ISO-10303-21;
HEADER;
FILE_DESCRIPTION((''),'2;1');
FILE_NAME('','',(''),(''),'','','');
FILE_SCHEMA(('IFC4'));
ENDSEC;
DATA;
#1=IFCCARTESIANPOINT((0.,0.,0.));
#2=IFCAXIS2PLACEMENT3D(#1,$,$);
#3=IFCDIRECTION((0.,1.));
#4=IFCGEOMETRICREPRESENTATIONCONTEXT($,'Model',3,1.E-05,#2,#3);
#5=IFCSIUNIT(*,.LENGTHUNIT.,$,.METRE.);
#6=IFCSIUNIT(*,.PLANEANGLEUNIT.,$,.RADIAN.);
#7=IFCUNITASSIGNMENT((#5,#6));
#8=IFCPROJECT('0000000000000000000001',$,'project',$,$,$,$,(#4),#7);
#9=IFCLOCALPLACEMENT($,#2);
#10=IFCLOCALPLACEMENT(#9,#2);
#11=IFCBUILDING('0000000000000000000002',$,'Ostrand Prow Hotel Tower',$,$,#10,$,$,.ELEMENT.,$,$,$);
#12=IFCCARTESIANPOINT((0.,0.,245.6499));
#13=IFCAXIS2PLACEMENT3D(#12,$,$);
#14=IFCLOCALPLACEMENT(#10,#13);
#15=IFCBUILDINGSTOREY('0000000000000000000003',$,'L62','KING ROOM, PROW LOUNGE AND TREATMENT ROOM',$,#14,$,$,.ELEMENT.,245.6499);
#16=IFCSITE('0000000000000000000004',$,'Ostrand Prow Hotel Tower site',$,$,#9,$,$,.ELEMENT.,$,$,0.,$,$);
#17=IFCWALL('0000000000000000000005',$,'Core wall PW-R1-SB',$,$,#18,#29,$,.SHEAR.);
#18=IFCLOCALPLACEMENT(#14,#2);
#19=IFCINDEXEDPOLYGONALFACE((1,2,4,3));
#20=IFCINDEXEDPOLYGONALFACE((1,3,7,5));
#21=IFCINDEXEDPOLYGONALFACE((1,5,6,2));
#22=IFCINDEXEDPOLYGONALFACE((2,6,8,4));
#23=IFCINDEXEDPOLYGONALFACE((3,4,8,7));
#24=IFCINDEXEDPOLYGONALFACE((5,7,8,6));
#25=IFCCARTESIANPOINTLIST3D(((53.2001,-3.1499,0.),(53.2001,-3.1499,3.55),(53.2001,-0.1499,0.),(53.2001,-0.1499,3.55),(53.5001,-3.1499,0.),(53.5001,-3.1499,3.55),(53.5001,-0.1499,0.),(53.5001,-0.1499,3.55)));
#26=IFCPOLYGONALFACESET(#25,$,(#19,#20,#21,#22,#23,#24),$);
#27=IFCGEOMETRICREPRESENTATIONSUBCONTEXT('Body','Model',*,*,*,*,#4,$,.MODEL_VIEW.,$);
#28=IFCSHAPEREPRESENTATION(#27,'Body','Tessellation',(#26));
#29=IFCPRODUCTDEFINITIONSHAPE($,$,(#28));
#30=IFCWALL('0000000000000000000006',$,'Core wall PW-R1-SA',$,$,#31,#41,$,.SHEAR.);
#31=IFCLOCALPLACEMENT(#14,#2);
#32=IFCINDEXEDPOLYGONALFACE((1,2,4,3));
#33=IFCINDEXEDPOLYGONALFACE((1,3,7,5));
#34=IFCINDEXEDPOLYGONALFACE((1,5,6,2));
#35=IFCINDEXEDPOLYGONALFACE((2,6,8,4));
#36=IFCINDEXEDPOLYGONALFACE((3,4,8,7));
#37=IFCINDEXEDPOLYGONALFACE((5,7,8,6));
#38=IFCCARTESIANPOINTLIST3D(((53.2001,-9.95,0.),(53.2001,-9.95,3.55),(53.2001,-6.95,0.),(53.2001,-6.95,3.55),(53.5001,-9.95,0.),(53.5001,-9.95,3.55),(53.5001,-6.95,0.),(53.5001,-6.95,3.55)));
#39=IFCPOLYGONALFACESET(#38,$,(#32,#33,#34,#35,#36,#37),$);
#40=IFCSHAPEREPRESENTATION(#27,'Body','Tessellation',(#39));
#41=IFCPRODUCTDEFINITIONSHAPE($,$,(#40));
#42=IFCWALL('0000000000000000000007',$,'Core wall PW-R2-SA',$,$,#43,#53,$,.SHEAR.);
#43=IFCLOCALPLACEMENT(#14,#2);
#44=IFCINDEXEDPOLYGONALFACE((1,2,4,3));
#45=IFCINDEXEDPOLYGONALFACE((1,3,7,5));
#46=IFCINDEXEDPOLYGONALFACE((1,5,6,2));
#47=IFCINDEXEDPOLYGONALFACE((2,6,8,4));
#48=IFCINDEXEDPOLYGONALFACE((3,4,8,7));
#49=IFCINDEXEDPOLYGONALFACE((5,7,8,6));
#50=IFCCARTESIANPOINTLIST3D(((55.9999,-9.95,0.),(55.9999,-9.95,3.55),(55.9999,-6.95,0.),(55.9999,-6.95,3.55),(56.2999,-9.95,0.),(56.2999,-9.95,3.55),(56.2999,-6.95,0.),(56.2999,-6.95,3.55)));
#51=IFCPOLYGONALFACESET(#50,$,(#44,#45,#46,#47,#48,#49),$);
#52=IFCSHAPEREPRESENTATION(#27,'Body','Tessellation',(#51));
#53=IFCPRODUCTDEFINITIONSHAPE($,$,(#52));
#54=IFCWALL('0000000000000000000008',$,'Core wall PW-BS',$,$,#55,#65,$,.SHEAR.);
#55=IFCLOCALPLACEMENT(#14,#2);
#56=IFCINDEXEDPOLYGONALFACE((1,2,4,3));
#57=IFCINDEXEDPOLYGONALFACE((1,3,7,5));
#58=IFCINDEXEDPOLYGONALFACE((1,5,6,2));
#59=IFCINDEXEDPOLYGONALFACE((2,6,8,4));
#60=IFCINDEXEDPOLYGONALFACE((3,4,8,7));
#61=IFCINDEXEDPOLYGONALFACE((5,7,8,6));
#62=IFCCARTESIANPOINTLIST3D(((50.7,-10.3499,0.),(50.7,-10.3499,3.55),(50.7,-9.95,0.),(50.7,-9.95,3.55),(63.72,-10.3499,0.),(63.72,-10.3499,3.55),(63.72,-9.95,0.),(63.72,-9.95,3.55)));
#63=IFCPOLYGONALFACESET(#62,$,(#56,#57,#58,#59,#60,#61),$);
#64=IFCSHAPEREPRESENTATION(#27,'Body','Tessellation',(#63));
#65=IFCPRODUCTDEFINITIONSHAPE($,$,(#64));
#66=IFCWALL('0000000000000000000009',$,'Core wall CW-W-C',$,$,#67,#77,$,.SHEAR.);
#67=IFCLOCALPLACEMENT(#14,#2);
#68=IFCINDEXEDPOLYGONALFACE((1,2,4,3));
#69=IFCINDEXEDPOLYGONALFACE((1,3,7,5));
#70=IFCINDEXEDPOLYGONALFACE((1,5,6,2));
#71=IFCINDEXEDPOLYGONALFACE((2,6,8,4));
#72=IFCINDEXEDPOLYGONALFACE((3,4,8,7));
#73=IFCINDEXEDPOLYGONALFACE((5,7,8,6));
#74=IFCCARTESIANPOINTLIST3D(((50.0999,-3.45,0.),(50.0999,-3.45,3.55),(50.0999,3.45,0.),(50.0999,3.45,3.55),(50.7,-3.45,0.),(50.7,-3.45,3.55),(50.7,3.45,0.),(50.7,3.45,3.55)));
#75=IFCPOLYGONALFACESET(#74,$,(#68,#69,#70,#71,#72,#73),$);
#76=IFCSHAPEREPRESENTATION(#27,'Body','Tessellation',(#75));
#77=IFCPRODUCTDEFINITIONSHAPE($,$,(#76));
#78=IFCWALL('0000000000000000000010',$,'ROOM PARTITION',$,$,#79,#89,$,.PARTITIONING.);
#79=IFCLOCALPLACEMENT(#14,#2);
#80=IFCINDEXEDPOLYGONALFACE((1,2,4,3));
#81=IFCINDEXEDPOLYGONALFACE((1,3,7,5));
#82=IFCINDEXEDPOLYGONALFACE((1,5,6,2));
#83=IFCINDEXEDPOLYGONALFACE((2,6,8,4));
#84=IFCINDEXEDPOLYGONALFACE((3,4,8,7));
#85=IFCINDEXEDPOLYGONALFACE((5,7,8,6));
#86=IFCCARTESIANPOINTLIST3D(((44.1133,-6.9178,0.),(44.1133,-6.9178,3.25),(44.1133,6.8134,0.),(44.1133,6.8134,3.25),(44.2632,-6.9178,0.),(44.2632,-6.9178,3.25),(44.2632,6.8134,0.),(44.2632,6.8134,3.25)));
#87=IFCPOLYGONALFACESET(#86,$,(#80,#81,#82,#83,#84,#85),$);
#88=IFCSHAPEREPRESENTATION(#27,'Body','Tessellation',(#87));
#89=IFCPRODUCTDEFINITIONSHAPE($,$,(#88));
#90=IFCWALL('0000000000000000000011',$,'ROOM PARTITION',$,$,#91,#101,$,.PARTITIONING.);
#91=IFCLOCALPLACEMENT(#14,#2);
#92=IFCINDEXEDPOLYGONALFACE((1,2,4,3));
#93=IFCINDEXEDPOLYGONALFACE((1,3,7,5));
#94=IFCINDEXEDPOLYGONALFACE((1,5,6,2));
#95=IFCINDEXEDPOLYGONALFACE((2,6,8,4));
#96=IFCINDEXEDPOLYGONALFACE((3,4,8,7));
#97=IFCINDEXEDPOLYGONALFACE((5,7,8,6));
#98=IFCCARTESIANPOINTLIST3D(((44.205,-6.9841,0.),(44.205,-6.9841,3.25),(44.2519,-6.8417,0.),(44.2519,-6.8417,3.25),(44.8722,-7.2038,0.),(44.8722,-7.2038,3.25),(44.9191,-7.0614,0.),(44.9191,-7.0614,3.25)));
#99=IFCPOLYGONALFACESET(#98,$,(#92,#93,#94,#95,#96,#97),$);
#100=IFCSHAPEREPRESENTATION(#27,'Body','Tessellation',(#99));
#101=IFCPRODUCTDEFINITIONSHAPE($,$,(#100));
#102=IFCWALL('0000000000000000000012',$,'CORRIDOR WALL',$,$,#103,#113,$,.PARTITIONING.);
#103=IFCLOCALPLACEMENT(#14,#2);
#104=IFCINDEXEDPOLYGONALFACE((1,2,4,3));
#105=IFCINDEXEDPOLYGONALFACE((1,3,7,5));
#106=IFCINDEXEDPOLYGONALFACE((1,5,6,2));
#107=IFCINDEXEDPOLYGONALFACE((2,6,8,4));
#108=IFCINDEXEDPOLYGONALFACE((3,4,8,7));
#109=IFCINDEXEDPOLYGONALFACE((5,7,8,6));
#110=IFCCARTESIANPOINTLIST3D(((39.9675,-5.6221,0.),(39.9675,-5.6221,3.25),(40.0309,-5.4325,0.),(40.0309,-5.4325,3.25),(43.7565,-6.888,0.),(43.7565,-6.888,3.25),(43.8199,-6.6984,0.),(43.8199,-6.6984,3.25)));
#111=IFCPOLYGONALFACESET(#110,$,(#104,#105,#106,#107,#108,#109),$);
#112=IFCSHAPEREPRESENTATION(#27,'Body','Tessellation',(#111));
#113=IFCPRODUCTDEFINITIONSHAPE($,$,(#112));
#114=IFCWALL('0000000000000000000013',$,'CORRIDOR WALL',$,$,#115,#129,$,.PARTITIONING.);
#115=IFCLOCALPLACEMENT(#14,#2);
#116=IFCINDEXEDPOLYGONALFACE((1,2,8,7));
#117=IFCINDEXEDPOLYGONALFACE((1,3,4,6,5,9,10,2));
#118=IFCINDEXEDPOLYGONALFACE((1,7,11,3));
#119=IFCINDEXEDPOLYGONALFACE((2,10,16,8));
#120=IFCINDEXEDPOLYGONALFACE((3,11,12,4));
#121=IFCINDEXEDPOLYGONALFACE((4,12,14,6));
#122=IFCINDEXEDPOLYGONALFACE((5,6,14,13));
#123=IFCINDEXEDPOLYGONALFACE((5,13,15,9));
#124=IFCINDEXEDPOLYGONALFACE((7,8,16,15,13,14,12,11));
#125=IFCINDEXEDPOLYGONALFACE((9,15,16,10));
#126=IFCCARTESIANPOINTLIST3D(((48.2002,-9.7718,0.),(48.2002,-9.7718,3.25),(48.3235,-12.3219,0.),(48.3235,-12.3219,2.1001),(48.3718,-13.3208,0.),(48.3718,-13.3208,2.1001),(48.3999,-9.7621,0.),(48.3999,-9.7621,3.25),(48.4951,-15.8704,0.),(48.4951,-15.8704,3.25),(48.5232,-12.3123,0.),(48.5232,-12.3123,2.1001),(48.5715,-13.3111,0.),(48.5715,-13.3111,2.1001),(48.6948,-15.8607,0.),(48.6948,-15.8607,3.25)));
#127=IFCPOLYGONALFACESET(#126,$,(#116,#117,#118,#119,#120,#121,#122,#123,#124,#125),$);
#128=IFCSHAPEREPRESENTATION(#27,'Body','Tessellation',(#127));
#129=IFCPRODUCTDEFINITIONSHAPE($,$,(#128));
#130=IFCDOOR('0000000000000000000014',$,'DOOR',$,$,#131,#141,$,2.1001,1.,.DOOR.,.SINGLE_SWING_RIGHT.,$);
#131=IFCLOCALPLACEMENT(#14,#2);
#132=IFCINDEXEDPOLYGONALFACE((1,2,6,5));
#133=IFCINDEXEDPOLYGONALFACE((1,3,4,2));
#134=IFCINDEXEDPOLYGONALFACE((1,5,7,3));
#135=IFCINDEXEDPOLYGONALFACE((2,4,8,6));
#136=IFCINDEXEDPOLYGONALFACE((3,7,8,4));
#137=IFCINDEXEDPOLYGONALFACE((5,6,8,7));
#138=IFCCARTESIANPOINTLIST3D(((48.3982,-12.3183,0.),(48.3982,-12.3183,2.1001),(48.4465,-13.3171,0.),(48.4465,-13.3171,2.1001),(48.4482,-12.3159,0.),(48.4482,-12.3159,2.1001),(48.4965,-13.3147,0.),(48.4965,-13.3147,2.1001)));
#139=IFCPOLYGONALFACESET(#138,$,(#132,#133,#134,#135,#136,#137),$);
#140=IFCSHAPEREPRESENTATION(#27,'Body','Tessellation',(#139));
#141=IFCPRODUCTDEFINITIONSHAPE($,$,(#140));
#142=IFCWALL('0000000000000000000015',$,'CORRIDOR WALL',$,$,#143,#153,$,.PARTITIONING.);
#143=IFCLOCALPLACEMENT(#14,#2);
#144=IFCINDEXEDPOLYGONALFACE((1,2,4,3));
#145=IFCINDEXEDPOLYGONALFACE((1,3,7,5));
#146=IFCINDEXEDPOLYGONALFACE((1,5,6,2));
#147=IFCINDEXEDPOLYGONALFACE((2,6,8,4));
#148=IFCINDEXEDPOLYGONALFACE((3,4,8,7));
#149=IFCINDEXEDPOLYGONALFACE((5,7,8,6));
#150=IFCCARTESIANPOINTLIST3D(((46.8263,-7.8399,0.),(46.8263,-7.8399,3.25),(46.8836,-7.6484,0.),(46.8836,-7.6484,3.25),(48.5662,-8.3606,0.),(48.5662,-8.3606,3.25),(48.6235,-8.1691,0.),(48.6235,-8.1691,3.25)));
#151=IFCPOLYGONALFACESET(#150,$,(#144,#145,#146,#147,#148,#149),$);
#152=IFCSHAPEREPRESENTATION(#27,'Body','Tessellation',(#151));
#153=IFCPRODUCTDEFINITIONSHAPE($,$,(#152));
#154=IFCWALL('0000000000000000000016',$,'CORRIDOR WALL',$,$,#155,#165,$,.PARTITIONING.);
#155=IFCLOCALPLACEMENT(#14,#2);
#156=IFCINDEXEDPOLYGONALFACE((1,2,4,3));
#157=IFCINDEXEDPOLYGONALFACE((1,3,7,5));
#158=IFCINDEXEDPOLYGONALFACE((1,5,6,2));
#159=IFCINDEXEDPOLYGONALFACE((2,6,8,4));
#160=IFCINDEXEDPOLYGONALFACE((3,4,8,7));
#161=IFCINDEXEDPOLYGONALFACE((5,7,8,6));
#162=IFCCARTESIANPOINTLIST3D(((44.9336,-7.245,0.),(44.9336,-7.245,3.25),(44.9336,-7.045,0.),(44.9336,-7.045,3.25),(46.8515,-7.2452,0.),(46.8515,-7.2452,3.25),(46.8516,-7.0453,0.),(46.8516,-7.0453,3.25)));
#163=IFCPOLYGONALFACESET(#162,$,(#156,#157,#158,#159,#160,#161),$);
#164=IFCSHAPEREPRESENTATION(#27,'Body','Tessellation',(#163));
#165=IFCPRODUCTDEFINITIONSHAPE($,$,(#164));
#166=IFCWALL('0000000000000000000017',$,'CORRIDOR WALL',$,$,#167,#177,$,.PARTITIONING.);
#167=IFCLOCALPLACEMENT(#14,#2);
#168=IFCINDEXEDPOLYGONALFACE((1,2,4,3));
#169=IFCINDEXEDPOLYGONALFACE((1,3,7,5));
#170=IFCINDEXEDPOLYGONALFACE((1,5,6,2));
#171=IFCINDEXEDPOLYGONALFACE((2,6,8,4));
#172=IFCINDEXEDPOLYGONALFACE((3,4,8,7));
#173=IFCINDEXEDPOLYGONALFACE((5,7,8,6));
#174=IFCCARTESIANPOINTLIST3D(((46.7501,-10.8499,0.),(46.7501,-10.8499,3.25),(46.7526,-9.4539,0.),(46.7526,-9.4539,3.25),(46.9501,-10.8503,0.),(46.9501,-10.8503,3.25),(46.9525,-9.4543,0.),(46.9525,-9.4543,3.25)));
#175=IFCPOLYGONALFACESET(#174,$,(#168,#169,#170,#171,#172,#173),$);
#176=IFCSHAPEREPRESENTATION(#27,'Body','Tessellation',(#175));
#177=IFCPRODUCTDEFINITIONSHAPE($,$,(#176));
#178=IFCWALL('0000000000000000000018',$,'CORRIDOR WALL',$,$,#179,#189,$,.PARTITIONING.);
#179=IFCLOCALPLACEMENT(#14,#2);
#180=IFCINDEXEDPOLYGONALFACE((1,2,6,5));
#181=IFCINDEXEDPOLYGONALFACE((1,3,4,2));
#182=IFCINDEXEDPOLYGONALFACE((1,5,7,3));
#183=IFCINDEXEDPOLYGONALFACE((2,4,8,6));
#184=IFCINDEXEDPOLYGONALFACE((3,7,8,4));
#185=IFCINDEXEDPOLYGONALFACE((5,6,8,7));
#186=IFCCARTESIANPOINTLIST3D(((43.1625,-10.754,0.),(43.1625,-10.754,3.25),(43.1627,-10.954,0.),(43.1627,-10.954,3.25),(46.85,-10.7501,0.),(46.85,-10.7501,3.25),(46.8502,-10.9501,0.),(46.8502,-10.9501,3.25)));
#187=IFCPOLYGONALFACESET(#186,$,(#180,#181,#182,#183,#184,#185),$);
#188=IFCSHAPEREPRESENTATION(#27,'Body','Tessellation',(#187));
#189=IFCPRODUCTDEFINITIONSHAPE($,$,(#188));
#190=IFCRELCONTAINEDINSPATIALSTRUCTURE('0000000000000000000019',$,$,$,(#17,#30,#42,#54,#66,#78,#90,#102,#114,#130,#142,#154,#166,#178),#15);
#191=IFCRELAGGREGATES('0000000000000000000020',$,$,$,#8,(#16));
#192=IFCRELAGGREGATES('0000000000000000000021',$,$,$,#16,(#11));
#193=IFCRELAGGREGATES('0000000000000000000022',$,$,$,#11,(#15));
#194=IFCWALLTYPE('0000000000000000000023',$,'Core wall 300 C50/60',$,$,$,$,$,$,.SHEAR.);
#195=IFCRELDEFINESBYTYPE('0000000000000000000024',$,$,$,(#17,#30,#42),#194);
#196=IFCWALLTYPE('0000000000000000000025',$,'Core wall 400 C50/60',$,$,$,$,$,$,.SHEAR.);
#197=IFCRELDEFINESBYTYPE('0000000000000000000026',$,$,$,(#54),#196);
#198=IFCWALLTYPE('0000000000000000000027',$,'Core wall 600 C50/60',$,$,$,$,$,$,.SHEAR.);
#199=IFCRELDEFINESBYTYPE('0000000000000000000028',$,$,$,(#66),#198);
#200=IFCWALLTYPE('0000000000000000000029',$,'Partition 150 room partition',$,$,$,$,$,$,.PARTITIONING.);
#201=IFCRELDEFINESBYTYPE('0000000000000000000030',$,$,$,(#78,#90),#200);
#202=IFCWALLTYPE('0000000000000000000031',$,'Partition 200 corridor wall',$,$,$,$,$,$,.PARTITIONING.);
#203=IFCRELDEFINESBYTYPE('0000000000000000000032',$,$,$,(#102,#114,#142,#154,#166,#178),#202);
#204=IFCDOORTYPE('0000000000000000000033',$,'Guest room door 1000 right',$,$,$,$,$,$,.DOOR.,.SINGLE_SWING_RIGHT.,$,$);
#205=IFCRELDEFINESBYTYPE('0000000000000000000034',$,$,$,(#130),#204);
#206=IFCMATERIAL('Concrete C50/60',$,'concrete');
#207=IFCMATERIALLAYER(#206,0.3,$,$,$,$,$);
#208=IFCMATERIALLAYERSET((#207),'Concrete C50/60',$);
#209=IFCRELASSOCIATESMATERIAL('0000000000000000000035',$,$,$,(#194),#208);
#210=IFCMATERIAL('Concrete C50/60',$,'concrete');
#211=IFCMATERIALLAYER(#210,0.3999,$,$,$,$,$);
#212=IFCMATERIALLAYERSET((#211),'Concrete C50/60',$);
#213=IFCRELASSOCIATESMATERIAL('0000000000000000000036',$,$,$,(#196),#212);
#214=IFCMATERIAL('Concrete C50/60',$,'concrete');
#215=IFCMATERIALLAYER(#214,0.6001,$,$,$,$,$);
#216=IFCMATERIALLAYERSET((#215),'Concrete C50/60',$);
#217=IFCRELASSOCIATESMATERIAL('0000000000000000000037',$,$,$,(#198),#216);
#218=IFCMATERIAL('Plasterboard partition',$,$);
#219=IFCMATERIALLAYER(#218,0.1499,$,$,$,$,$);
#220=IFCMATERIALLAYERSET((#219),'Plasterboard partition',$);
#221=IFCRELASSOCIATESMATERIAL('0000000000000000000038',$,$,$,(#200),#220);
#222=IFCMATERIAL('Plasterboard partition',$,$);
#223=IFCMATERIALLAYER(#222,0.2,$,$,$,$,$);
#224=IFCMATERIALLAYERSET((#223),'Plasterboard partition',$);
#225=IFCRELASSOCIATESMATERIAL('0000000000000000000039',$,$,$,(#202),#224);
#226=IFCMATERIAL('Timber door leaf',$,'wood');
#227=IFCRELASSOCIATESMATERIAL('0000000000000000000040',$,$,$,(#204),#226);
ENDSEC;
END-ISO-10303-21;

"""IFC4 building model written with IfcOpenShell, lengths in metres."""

from ifc_helpers import new_model, si_unit, direction, frame, frame_2d, origin, place, context, subcontext, project, spatial, rectangle, extrude, material, layer, layer_set, type_object, element, fill, save


model = new_model("IFC4")

# Units and contexts
model_context = context("Model", 3, precision=1e-05, world=origin(), true_north=direction((0.0, 1.0)))
body_context = subcontext(model_context, "Body", "Model", "MODEL_VIEW")
ifc_project = project(units=[si_unit("LENGTHUNIT", "METRE"), si_unit("PLANEANGLEUNIT", "RADIAN")], contexts=[model_context])

# Site, building, storey
site_placement = place(None, origin())
site = spatial("IfcSite", under=ifc_project, at=site_placement, Name="Ostrand Prow Hotel Tower site", CompositionType="ELEMENT", RefElevation=0.0)
building_placement = place(site_placement, origin())
building = spatial("IfcBuilding", under=site, at=building_placement, Name="Ostrand Prow Hotel Tower", CompositionType="ELEMENT")
storey_placement = place(building_placement, frame((0.0, 0.0, 245.6499)))
storey = spatial("IfcBuildingStorey", under=building, at=storey_placement, Name="L62", Description="KING ROOM, PROW LOUNGE AND TREATMENT ROOM", CompositionType="ELEMENT", Elevation=245.6499)

# Shared definitions
ifc_material_1 = material(Name="Concrete C50/60", Category="concrete")
ifc_layer_1 = layer(ifc_material_1, 0.3)
ifc_layer_set_1 = layer_set([ifc_layer_1], Name="Concrete C50/60")
wall_type_1 = type_object("IfcWallType", Name="Core wall 300 C50/60", PredefinedType="SHEAR", material=ifc_layer_set_1)

# Walls
for number, where, z_axis, x_axis, name in (
    (1, (53.3501, -3.1499, 0.0), (0.0, 0.0, 1.0), (0.0, 1.0, 0.0), "Core wall PW-R1-SB"),
    (2, (53.3501, -9.95, 0.0), (0.0, 0.0, 1.0), (0.0, 1.0, 0.0), "Core wall PW-R1-SA"),
    (3, (56.1499, -9.95, 0.0), (0.0, 0.0, 1.0), (0.0, 1.0, 0.0), "Core wall PW-R2-SA"),
):
    element("IfcWall", number, at=place(storey_placement, frame(where, z_axis=z_axis, x_axis=x_axis)), inside=storey, type_object=wall_type_1, Name=name, PredefinedType="SHEAR", context=body_context, shape_type="SweptSolid", body=[
        extrude(rectangle(XDim=3.0, YDim=0.3, at=frame_2d((1.5, 0.0))), origin(), (0.0, 0.0, 1.0), 3.55),
    ])
ifc_material_2 = material(Name="Concrete C50/60", Category="concrete")
ifc_layer_2 = layer(ifc_material_2, 0.3999)
ifc_layer_set_2 = layer_set([ifc_layer_2], Name="Concrete C50/60")
wall_type_2 = type_object("IfcWallType", Name="Core wall 400 C50/60", PredefinedType="SHEAR", material=ifc_layer_set_2)
wall_1_placement = place(storey_placement, frame((50.7, -10.1499, 0.0), z_axis=(0.0, 0.0, 1.0), x_axis=(1.0, 0.0, 0.0)))
element("IfcWall", 4, at=wall_1_placement, inside=storey, type_object=wall_type_2, Name="Core wall PW-BS", PredefinedType="SHEAR", context=body_context, shape_type="SweptSolid", body=[
    extrude(rectangle(XDim=13.02, YDim=0.3999, at=frame_2d((6.51, 0.0))), origin(), (0.0, 0.0, 1.0), 3.55),
])
ifc_material_3 = material(Name="Concrete C50/60", Category="concrete")
ifc_layer_3 = layer(ifc_material_3, 0.6001)
ifc_layer_set_3 = layer_set([ifc_layer_3], Name="Concrete C50/60")
wall_type_3 = type_object("IfcWallType", Name="Core wall 600 C50/60", PredefinedType="SHEAR", material=ifc_layer_set_3)
wall_2_placement = place(storey_placement, frame((50.3999, -3.45, 0.0), z_axis=(0.0, 0.0, 1.0), x_axis=(0.0, 1.0, 0.0)))
element("IfcWall", 5, at=wall_2_placement, inside=storey, type_object=wall_type_3, Name="Core wall CW-W-C", PredefinedType="SHEAR", context=body_context, shape_type="SweptSolid", body=[
    extrude(rectangle(XDim=6.8999, YDim=0.6001, at=frame_2d((3.45, 0.0))), origin(), (0.0, 0.0, 1.0), 3.55),
])
ifc_material_4 = material(Name="Plasterboard partition")
ifc_layer_4 = layer(ifc_material_4, 0.1499)
ifc_layer_set_4 = layer_set([ifc_layer_4], Name="Plasterboard partition")
wall_type_4 = type_object("IfcWallType", Name="Partition 150 room partition", PredefinedType="PARTITIONING", material=ifc_layer_set_4)
wall_3_placement = place(storey_placement, frame((44.1882, -6.918, 0.0), z_axis=(0.0, 0.0, 1.0), x_axis=(0.0, 1.0, 0.0)))
element("IfcWall", 6, at=wall_3_placement, inside=storey, type_object=wall_type_4, Name="ROOM PARTITION", PredefinedType="PARTITIONING", context=body_context, shape_type="SweptSolid", body=[
    extrude(rectangle(XDim=13.7312, YDim=0.1499, at=frame_2d((6.8657, 0.0))), origin(), (0.0, 0.0, 1.0), 3.25),
])
wall_4_placement = place(storey_placement, frame((44.8955, -7.1326, 0.0), z_axis=(0.0, 0.0, 1.0), x_axis=(-0.949824, 0.312785, 0.0)))
element("IfcWall", 7, at=wall_4_placement, inside=storey, type_object=wall_type_4, Name="ROOM PARTITION", PredefinedType="PARTITIONING", context=body_context, shape_type="SweptSolid", body=[
    extrude(rectangle(XDim=0.7024, YDim=0.1499, at=frame_2d((0.3511, 0.0))), origin(), (0.0, 0.0, 1.0), 3.25),
])
ifc_material_5 = material(Name="Plasterboard partition")
ifc_layer_5 = layer(ifc_material_5, 0.2)
ifc_layer_set_5 = layer_set([ifc_layer_5], Name="Plasterboard partition")
wall_type_5 = type_object("IfcWallType", Name="Partition 200 corridor wall", PredefinedType="PARTITIONING", material=ifc_layer_set_5)
wall_5_placement = place(storey_placement, frame((43.7883, -6.7932, 0.0), z_axis=(0.0, 0.0, 1.0), x_axis=(-0.948469, 0.316869, 0.0)))
element("IfcWall", 8, at=wall_5_placement, inside=storey, type_object=wall_type_5, Name="CORRIDOR WALL", PredefinedType="PARTITIONING", context=body_context, shape_type="SweptSolid", body=[
    extrude(rectangle(XDim=3.9949, YDim=0.2, at=frame_2d((1.9976, 0.0))), origin(), (0.0, 0.0, 1.0), 3.25),
])

# Wall, opening, door
wall_6_placement = place(storey_placement, frame((48.3, -9.7671, 0.0), z_axis=(0.0, 0.0, 1.0), x_axis=(0.048302, -0.998833, 0.0)))
wall_6 = element("IfcWall", 9, at=wall_6_placement, inside=storey, type_object=wall_type_5, Name="CORRIDOR WALL", PredefinedType="PARTITIONING", context=body_context, shape_type="SweptSolid", body=[
    extrude(rectangle(XDim=6.1057, YDim=0.2, at=frame_2d((3.0527, 0.0))), origin(), (0.0, 0.0, 1.0), 3.25),
])
opening_1_placement = place(wall_6_placement, frame((2.553, 0.0, 0.0)))
opening_1 = element("IfcOpeningElement", 10, at=opening_1_placement, cuts=wall_6, PredefinedType="OPENING", context=body_context, shape_type="SweptSolid", body=[
    extrude(rectangle(XDim=1.0, YDim=2.1001, at=frame_2d((0.5, 1.05))), frame((0.0, 0.1099, 0.0), z_axis=(0.0, -1.0, 0.0), x_axis=(1.0, 0.0, 0.0)), (0.0, 0.0, 1.0), 0.22),
])
ifc_material_6 = material(Name="Timber door leaf", Category="wood")
door_type_1 = type_object("IfcDoorType", Name="Guest room door 1000 right", OperationType="SINGLE_SWING_RIGHT", PredefinedType="DOOR", material=ifc_material_6)
door_1_placement = place(opening_1_placement, origin())
door_1 = element("IfcDoor", 11, at=door_1_placement, inside=storey, type_object=door_type_1, Name="DOOR", OperationType="SINGLE_SWING_RIGHT", OverallHeight=2.1001, OverallWidth=1.0, PredefinedType="DOOR", context=body_context, shape_type="SweptSolid", body=[
    extrude(rectangle(XDim=1.0, YDim=2.1001, at=frame_2d((0.5, 1.05))), frame((0.0, 0.0249, 0.0), z_axis=(0.0, -1.0, 0.0), x_axis=(1.0, 0.0, 0.0)), (0.0, 0.0, 1.0), 0.05),
])
fill(opening_1, door_1)

# Walls
wall_7_placement = place(storey_placement, frame((48.595, -8.2649, 0.0), z_axis=(0.0, 0.0, 1.0), x_axis=(-0.958015, 0.286719, 0.0)))
element("IfcWall", 12, at=wall_7_placement, inside=storey, type_object=wall_type_5, Name="CORRIDOR WALL", PredefinedType="PARTITIONING", context=body_context, shape_type="SweptSolid", body=[
    extrude(rectangle(XDim=1.8162, YDim=0.2, at=frame_2d((0.9082, 0.0))), origin(), (0.0, 0.0, 1.0), 3.25),
])
wall_8_placement = place(storey_placement, frame((46.8516, -7.1453, 0.0), z_axis=(0.0, 0.0, 1.0), x_axis=(-1.0, 0.000127, 0.0)))
element("IfcWall", 13, at=wall_8_placement, inside=storey, type_object=wall_type_5, Name="CORRIDOR WALL", PredefinedType="PARTITIONING", context=body_context, shape_type="SweptSolid", body=[
    extrude(rectangle(XDim=1.918, YDim=0.2, at=frame_2d((0.959, 0.0))), origin(), (0.0, 0.0, 1.0), 3.25),
])
wall_9_placement = place(storey_placement, frame((46.8525, -9.4541, 0.0), z_axis=(0.0, 0.0, 1.0), x_axis=(-0.001749, -0.999998, 0.0)))
element("IfcWall", 14, at=wall_9_placement, inside=storey, type_object=wall_type_5, Name="CORRIDOR WALL", PredefinedType="PARTITIONING", context=body_context, shape_type="SweptSolid", body=[
    extrude(rectangle(XDim=1.396, YDim=0.2, at=frame_2d((0.698, 0.0))), origin(), (0.0, 0.0, 1.0), 3.25),
])
wall_10_placement = place(storey_placement, frame((46.8501, -10.8501, 0.0), z_axis=(0.0, 0.0, 1.0), x_axis=(-0.999999, -0.001059, 0.0)))
element("IfcWall", 15, at=wall_10_placement, inside=storey, type_object=wall_type_5, Name="CORRIDOR WALL", PredefinedType="PARTITIONING", context=body_context, shape_type="SweptSolid", body=[
    extrude(rectangle(XDim=3.6875, YDim=0.2, at=frame_2d((1.8438, 0.0))), origin(), (0.0, 0.0, 1.0), 3.25),
])

save(model, "model.ifc")
